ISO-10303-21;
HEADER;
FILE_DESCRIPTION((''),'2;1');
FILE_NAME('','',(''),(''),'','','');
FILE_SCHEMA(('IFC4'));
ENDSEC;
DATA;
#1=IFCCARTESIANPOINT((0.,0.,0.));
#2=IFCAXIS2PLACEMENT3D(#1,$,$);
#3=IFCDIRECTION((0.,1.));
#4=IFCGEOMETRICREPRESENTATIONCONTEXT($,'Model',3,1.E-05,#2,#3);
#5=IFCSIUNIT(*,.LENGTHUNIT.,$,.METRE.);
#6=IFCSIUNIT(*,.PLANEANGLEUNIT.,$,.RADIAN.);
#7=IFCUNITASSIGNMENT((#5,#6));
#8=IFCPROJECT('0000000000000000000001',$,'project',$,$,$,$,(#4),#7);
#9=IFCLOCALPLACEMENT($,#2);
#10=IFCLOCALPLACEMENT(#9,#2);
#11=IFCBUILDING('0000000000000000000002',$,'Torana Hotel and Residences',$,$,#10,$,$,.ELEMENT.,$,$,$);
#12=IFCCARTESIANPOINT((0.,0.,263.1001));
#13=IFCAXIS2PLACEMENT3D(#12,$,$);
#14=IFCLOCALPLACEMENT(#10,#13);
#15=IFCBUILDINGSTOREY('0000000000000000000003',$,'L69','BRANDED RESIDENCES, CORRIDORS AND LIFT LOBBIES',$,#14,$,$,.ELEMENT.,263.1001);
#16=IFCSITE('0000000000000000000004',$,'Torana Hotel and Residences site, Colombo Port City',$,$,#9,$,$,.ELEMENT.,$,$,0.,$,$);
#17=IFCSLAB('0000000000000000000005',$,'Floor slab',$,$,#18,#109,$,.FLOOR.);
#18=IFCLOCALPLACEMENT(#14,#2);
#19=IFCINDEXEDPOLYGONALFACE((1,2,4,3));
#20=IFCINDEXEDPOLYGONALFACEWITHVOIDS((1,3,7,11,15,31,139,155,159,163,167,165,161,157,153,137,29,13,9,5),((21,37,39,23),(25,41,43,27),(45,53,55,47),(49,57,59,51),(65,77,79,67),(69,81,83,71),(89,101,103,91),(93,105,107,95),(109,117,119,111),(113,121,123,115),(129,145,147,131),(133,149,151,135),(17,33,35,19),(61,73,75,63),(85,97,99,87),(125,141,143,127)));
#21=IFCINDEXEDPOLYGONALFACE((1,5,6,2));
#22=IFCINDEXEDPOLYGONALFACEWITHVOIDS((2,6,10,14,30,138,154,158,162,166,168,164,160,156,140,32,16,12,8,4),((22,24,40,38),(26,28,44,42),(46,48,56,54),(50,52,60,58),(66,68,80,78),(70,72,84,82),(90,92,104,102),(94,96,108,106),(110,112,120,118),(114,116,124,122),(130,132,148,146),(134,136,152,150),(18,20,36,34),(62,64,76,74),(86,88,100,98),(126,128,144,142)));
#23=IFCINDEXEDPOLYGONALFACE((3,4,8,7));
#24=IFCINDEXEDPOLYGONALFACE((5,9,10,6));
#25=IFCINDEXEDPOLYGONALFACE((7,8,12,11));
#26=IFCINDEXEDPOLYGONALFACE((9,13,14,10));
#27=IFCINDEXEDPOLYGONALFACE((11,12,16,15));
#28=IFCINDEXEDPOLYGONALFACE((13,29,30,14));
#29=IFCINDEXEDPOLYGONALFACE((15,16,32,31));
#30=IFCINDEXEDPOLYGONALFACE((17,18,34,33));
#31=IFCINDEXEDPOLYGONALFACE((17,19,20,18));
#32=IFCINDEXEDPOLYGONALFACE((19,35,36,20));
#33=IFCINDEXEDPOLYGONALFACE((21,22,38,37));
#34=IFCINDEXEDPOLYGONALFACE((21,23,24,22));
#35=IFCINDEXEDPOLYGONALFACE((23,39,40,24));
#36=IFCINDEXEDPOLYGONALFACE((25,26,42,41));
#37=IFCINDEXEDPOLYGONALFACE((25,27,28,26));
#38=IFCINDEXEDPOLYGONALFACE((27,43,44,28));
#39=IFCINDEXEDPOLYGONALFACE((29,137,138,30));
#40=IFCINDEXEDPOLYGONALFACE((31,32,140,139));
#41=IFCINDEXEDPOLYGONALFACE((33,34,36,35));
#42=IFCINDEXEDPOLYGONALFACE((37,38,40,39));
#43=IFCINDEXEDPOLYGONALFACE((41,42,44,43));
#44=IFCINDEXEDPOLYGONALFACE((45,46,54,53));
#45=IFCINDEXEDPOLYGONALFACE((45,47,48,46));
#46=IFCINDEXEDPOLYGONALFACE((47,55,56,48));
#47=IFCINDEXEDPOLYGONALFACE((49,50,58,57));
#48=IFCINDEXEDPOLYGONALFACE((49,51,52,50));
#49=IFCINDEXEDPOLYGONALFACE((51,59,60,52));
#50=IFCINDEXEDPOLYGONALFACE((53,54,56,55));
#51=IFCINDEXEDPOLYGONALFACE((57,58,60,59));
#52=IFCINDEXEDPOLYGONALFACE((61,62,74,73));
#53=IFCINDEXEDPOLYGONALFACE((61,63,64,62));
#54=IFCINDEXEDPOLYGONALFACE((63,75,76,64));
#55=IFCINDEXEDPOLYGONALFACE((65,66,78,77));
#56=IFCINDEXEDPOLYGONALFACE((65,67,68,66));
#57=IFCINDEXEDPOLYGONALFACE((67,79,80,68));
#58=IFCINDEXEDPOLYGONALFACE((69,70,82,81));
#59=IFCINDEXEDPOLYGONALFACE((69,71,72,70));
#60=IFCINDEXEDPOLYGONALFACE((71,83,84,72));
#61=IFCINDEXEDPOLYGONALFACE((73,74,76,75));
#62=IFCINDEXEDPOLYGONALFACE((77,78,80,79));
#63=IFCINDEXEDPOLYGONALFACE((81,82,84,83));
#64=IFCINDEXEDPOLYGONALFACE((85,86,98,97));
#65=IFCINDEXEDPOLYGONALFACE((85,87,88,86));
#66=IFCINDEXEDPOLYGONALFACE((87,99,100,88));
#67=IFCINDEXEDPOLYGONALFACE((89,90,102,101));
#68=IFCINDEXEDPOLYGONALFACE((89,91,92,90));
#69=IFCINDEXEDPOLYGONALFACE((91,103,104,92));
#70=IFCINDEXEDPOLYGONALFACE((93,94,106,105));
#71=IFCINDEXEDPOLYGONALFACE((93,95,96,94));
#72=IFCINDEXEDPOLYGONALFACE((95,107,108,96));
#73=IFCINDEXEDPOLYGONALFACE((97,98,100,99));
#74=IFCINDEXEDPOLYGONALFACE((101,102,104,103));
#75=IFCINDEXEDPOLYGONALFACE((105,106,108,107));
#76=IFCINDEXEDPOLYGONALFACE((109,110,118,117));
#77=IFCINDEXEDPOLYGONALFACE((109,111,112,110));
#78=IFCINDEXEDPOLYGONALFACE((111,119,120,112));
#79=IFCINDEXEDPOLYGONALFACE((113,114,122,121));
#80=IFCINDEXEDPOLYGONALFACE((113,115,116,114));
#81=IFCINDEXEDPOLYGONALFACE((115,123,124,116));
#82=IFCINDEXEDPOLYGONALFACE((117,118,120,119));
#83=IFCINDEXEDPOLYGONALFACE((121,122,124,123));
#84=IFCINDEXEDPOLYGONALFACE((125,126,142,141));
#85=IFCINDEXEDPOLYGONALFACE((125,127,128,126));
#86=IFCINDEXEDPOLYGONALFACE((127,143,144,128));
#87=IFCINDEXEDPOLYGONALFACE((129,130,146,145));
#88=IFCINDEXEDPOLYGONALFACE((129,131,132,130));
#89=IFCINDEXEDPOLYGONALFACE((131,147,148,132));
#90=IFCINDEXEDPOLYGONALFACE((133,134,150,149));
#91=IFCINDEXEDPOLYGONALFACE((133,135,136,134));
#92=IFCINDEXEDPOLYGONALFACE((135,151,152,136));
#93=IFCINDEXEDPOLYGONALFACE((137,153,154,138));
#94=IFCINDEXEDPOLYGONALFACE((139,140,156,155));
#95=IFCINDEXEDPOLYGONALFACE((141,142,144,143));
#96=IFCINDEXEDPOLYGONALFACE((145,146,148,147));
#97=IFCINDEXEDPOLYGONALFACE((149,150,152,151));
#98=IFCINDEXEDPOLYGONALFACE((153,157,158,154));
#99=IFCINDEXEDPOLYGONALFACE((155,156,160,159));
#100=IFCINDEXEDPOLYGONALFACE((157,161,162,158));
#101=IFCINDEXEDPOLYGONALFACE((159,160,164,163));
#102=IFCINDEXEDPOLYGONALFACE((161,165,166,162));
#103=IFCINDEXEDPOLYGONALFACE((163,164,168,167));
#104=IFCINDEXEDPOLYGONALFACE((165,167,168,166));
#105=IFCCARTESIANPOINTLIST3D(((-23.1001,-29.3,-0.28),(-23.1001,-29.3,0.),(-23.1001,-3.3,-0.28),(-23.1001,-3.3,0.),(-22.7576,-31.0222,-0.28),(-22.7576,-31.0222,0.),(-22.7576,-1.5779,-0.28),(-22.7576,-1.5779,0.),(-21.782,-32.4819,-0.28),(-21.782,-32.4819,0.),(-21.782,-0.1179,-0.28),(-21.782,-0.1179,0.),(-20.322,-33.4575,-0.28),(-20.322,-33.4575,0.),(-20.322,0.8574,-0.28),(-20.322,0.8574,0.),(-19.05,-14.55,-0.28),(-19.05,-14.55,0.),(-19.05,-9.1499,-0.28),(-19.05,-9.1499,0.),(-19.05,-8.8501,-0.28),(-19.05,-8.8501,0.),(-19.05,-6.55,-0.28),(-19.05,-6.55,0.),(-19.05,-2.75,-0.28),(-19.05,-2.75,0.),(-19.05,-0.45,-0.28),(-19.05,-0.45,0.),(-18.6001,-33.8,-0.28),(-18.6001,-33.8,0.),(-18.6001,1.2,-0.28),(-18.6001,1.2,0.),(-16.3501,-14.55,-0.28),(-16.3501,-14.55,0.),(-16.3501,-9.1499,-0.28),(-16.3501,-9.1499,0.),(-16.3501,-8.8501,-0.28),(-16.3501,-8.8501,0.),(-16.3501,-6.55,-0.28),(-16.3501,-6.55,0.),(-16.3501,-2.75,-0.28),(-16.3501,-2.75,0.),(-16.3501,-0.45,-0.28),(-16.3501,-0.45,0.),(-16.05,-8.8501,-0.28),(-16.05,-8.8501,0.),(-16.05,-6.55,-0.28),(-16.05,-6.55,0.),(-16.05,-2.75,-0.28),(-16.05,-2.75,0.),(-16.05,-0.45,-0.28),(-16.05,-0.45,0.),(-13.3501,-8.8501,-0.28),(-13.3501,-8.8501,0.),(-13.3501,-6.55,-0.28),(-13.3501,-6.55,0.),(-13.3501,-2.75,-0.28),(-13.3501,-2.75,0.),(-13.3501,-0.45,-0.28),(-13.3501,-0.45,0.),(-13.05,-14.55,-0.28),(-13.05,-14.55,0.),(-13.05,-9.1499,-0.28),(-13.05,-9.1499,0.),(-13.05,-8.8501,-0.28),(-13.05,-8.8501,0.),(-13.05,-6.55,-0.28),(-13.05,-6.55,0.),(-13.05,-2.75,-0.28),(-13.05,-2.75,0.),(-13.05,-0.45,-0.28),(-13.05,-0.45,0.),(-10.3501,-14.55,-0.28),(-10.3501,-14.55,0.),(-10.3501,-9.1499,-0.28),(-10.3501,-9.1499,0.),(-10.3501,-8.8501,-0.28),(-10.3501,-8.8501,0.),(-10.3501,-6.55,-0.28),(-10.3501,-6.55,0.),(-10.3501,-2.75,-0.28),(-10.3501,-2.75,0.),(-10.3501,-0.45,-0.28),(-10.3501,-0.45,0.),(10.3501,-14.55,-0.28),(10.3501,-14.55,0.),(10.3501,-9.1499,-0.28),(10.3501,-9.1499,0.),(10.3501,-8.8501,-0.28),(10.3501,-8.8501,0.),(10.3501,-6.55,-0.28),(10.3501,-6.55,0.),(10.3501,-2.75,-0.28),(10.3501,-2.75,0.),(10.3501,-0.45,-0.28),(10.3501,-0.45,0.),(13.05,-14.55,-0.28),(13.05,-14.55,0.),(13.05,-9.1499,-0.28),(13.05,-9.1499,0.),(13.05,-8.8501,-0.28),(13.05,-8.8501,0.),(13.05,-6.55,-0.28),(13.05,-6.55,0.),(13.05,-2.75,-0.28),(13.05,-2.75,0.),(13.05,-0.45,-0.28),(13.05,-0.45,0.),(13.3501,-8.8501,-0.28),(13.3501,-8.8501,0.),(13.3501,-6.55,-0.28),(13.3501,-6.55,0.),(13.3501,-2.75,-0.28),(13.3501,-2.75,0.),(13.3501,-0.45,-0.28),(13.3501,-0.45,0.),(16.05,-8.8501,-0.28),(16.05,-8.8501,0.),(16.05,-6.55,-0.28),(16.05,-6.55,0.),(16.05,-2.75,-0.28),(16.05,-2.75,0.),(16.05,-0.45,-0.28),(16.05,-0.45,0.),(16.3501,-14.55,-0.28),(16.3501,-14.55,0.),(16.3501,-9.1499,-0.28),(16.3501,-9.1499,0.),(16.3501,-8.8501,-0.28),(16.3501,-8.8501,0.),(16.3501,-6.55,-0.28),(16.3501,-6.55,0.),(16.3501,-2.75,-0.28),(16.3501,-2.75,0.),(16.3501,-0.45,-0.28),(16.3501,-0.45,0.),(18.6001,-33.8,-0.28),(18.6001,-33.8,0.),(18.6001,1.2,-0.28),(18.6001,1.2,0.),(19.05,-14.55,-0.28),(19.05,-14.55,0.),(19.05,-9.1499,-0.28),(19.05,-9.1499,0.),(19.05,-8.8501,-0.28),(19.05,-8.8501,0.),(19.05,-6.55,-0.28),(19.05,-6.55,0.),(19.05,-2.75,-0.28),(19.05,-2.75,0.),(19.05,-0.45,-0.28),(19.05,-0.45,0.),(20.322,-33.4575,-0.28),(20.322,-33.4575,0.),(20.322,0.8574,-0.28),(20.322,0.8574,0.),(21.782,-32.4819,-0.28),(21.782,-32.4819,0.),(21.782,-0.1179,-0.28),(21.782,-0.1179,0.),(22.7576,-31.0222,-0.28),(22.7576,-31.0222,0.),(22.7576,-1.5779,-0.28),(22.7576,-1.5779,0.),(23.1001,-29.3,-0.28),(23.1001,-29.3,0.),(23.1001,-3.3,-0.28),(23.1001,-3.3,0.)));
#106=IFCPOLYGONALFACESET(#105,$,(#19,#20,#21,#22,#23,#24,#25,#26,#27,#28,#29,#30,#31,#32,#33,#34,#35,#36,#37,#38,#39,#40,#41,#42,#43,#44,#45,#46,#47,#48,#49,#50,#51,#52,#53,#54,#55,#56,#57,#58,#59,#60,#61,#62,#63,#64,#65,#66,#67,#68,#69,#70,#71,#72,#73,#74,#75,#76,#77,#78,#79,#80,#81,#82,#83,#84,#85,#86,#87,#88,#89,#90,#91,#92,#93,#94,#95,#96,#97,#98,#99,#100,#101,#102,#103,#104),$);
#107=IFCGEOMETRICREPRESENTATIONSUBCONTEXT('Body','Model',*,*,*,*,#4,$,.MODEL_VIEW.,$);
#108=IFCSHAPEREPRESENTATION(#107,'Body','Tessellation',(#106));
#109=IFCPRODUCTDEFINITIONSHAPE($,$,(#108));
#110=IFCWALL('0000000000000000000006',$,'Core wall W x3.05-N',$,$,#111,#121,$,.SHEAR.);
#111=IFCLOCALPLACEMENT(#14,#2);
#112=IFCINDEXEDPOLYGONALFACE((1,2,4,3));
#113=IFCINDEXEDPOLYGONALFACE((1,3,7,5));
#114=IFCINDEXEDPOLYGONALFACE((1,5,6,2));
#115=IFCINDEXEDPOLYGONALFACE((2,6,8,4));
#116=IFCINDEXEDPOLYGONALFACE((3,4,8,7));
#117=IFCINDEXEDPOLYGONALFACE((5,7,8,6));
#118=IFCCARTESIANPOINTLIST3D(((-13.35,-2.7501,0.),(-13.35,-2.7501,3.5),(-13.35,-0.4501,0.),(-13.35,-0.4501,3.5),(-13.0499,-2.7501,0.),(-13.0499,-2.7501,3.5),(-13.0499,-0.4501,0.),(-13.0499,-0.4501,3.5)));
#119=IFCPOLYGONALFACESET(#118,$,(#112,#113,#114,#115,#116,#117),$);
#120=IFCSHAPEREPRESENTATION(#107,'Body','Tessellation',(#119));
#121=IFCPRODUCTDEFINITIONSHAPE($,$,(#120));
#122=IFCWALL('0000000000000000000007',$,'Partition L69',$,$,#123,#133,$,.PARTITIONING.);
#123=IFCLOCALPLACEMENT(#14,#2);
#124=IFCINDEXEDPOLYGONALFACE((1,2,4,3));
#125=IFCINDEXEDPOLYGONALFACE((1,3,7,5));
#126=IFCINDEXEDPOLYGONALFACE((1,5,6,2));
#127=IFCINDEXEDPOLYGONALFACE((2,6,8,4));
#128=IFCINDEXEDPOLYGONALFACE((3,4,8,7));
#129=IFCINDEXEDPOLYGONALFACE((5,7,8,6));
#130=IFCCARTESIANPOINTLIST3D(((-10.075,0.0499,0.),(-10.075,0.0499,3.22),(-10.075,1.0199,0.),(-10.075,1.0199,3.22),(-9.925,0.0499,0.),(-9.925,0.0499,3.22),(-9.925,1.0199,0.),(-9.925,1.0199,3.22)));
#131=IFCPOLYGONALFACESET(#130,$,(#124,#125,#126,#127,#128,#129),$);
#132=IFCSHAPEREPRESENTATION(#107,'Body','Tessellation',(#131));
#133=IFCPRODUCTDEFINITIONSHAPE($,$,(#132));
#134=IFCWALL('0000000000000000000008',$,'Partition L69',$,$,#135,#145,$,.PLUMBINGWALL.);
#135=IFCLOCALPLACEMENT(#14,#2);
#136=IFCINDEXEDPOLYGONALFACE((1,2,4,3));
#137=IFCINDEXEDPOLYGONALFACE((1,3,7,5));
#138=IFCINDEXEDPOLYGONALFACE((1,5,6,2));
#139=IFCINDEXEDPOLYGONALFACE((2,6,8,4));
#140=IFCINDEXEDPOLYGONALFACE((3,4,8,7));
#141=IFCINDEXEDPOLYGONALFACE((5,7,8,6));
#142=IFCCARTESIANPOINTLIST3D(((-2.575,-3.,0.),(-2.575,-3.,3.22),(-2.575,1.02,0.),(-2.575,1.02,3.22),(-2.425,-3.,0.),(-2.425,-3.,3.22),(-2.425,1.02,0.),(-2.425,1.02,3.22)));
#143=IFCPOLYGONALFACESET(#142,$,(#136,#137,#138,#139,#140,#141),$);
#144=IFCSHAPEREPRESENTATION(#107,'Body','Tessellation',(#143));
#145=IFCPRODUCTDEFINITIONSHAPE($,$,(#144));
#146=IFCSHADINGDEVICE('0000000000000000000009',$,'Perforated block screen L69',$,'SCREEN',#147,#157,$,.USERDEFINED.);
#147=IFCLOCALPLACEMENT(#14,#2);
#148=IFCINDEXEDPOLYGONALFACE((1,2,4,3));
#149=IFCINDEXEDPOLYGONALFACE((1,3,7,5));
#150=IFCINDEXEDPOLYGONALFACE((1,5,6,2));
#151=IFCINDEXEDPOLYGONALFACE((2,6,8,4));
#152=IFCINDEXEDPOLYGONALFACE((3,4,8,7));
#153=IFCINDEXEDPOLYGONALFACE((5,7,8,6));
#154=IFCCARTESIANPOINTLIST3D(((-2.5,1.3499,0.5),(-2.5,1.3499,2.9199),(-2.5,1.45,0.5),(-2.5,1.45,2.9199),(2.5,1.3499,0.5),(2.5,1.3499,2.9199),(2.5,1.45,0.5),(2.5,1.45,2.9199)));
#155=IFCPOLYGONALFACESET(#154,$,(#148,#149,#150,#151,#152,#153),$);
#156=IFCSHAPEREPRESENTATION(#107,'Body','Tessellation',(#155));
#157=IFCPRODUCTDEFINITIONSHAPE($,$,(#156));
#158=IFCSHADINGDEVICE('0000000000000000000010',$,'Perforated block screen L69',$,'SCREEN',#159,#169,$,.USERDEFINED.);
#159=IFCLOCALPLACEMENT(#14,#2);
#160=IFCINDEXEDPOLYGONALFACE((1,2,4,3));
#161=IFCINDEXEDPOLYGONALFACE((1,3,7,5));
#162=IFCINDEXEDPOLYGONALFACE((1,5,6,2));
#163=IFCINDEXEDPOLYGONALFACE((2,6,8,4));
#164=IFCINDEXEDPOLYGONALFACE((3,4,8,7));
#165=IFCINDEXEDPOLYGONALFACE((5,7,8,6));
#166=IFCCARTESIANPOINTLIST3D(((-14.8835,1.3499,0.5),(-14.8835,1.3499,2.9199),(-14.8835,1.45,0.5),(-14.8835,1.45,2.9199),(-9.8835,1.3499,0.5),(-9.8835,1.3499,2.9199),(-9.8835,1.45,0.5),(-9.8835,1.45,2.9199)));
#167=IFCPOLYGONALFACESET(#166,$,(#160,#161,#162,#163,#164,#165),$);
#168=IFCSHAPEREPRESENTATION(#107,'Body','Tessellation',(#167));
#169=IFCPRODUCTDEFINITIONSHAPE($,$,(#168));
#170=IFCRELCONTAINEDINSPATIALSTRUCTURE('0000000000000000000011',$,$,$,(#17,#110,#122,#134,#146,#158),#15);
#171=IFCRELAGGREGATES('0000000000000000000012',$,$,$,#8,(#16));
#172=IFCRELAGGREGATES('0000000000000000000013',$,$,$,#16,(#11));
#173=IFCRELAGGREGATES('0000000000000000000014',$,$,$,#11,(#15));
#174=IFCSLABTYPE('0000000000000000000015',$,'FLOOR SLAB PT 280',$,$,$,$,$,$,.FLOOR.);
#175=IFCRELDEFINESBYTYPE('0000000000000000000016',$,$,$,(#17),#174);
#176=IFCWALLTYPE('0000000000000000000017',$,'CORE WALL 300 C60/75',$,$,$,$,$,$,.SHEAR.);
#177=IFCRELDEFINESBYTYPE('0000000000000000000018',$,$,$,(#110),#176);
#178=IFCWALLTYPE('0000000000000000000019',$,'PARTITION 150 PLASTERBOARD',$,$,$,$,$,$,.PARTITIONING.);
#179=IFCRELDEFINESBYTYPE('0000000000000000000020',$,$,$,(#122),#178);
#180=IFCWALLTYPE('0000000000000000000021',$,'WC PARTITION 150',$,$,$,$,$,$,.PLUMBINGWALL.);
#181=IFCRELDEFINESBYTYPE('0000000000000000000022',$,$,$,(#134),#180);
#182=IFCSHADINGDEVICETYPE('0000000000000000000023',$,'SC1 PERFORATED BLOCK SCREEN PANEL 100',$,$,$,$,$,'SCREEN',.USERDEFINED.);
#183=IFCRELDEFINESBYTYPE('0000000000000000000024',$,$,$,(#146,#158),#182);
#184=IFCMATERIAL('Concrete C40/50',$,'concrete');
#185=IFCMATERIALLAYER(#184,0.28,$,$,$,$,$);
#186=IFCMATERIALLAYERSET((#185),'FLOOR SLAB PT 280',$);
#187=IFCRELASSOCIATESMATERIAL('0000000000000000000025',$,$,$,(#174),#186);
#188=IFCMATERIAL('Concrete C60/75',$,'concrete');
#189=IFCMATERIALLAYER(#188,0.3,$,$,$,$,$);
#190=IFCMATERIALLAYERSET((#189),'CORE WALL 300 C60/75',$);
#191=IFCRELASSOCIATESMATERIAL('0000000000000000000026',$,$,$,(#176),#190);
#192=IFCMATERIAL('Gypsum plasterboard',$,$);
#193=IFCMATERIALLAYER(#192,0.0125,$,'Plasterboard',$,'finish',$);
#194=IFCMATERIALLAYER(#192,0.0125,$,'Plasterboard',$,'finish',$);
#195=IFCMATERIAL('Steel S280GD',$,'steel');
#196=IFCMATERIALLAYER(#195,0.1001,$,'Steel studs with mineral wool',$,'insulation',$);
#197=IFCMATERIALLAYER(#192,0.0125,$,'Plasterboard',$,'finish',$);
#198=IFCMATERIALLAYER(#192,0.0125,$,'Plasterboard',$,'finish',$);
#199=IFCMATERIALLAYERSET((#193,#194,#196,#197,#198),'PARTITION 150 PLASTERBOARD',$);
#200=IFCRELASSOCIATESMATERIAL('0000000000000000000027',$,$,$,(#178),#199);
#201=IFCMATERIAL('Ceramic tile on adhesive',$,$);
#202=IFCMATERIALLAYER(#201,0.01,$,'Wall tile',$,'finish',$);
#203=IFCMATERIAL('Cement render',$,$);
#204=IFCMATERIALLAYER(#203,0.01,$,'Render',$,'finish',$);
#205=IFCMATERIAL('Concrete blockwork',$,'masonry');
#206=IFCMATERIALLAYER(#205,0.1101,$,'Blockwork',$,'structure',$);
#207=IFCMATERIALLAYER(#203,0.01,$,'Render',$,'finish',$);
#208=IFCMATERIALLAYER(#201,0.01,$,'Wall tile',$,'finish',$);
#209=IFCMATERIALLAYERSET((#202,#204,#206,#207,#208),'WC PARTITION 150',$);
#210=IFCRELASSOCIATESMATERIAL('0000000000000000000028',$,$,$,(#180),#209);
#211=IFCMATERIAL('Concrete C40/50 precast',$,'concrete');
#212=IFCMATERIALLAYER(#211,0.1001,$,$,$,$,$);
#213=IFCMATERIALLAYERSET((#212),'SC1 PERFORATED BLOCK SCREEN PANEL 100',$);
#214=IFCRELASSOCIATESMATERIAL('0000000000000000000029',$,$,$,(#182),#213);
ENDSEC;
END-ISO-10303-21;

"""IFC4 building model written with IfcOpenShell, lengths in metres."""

from ifc_helpers import new_model, si_unit, direction, frame, frame_2d, origin, origin_2d, place, context, subcontext, project, spatial, polyline, rectangle, outline, extrude, material, layer, layer_set, type_object, element, save


model = new_model("IFC4")

# Units and contexts
model_context = context("Model", 3, precision=1e-05, world=origin(), true_north=direction((0.0, 1.0)))
body_context = subcontext(model_context, "Body", "Model", "MODEL_VIEW")
ifc_project = project(units=[si_unit("LENGTHUNIT", "METRE"), si_unit("PLANEANGLEUNIT", "RADIAN")], contexts=[model_context])

# Site, building, storey
site_placement = place(None, origin())
site = spatial("IfcSite", under=ifc_project, at=site_placement, Name="Torana Hotel and Residences site, Colombo Port City", CompositionType="ELEMENT", RefElevation=0.0)
building_placement = place(site_placement, origin())
building = spatial("IfcBuilding", under=site, at=building_placement, Name="Torana Hotel and Residences", CompositionType="ELEMENT")
storey_placement = place(building_placement, frame((0.0, 0.0, 263.1001)))
storey = spatial("IfcBuildingStorey", under=building, at=storey_placement, Name="L69", Description="BRANDED RESIDENCES, CORRIDORS AND LIFT LOBBIES", CompositionType="ELEMENT", Elevation=263.1001)

# Slab
ifc_material_1 = material(Name="Concrete C40/50", Category="concrete")
ifc_layer_1 = layer(ifc_material_1, 0.28)
ifc_layer_set_1 = layer_set([ifc_layer_1], Name="FLOOR SLAB PT 280")
slab_type_1 = type_object("IfcSlabType", Name="FLOOR SLAB PT 280", PredefinedType="FLOOR", material=ifc_layer_set_1)
slab_1_placement = place(storey_placement, frame((0.0, 0.0, -0.28)))
element("IfcSlab", 1, at=slab_1_placement, inside=storey, type_object=slab_type_1, Name="Floor slab", PredefinedType="FLOOR", context=body_context, shape_type="SweptSolid", body=[
    extrude(outline(polyline([(23.1001, -3.3), (22.7576, -1.5779), (21.782, -0.1179), (20.322, 0.8574), (18.6001, 1.2), (-18.6001, 1.2), (-20.322, 0.8574), (-21.782, -0.1179), (-22.7576, -1.5779), (-23.1001, -3.3), (-23.1001, -29.3), (-22.7576, -31.0222), (-21.782, -32.4819), (-20.322, -33.4575), (-18.6001, -33.8), (18.6001, -33.8), (20.322, -33.4575), (21.782, -32.4819), (22.7576, -31.0222), (23.1001, -29.3), (23.1001, -3.3)]), holes=[polyline([(-13.05, -14.55), (-10.3501, -14.55), (-10.3501, -9.1499), (-13.05, -9.1499), (-13.05, -14.55)]), polyline([(-19.05, -14.55), (-16.3501, -14.55), (-16.3501, -9.1499), (-19.05, -9.1499), (-19.05, -14.55)]), polyline([(-19.05, -2.75), (-16.3501, -2.75), (-16.3501, -0.45), (-19.05, -0.45), (-19.05, -2.75)]), polyline([(-13.05, -2.75), (-10.3501, -2.75), (-10.3501, -0.45), (-13.05, -0.45), (-13.05, -2.75)]), polyline([(-16.05, -2.75), (-13.3501, -2.75), (-13.3501, -0.45), (-16.05, -0.45), (-16.05, -2.75)]), polyline([(-13.05, -8.8501), (-10.3501, -8.8501), (-10.3501, -6.55), (-13.05, -6.55), (-13.05, -8.8501)]), polyline([(-16.05, -8.8501), (-13.3501, -8.8501), (-13.3501, -6.55), (-16.05, -6.55), (-16.05, -8.8501)]), polyline([(-19.05, -8.8501), (-16.3501, -8.8501), (-16.3501, -6.55), (-19.05, -6.55), (-19.05, -8.8501)]), polyline([(10.3501, -14.55), (13.05, -14.55), (13.05, -9.1499), (10.3501, -9.1499), (10.3501, -14.55)]), polyline([(16.3501, -14.55), (19.05, -14.55), (19.05, -9.1499), (16.3501, -9.1499), (16.3501, -14.55)]), polyline([(16.3501, -2.75), (19.05, -2.75), (19.05, -0.45), (16.3501, -0.45), (16.3501, -2.75)]), polyline([(10.3501, -2.75), (13.05, -2.75), (13.05, -0.45), (10.3501, -0.45), (10.3501, -2.75)]), polyline([(13.3501, -2.75), (16.05, -2.75), (16.05, -0.45), (13.3501, -0.45), (13.3501, -2.75)]), polyline([(10.3501, -8.8501), (13.05, -8.8501), (13.05, -6.55), (10.3501, -6.55), (10.3501, -8.8501)]), polyline([(13.3501, -8.8501), (16.05, -8.8501), (16.05, -6.55), (13.3501, -6.55), (13.3501, -8.8501)]), polyline([(16.3501, -8.8501), (19.05, -8.8501), (19.05, -6.55), (16.3501, -6.55), (16.3501, -8.8501)])]), origin(), (0.0, 0.0, 1.0), 0.28),
])

# Walls
ifc_material_2 = material(Name="Concrete C60/75", Category="concrete")
ifc_layer_2 = layer(ifc_material_2, 0.3)
ifc_layer_set_2 = layer_set([ifc_layer_2], Name="CORE WALL 300 C60/75")
wall_type_1 = type_object("IfcWallType", Name="CORE WALL 300 C60/75", PredefinedType="SHEAR", material=ifc_layer_set_2)
wall_1_placement = place(storey_placement, frame((-13.2, -2.75, 0.0), z_axis=(0.0, 0.0, 1.0), x_axis=(0.0, 1.0, 0.0)))
element("IfcWall", 2, at=wall_1_placement, inside=storey, type_object=wall_type_1, Name="Core wall W x3.05-N", PredefinedType="SHEAR", context=body_context, shape_type="SweptSolid", body=[
    extrude(rectangle(XDim=2.3, YDim=0.3, at=frame_2d((1.1499, 0.0))), origin(), (0.0, 0.0, 1.0), 3.5),
])
ifc_material_3 = material(Name="Gypsum plasterboard")
ifc_layer_3 = layer(ifc_material_3, 0.0125, Name="Plasterboard", Category="finish")
ifc_layer_4 = layer(ifc_material_3, 0.0125, Name="Plasterboard", Category="finish")
ifc_material_4 = material(Name="Steel S280GD", Category="steel")
ifc_layer_5 = layer(ifc_material_4, 0.1001, Name="Steel studs with mineral wool", Category="insulation")
ifc_layer_6 = layer(ifc_material_3, 0.0125, Name="Plasterboard", Category="finish")
ifc_layer_7 = layer(ifc_material_3, 0.0125, Name="Plasterboard", Category="finish")
ifc_layer_set_3 = layer_set([ifc_layer_3, ifc_layer_4, ifc_layer_5, ifc_layer_6, ifc_layer_7], Name="PARTITION 150 PLASTERBOARD")
wall_type_2 = type_object("IfcWallType", Name="PARTITION 150 PLASTERBOARD", PredefinedType="PARTITIONING", material=ifc_layer_set_3)
wall_2_placement = place(storey_placement, frame((-10.0, 0.05, 0.0), z_axis=(0.0, 0.0, 1.0), x_axis=(0.0, 1.0, 0.0)))
element("IfcWall", 3, at=wall_2_placement, inside=storey, type_object=wall_type_2, Name="Partition L69", PredefinedType="PARTITIONING", context=body_context, shape_type="SweptSolid", body=[
    extrude(rectangle(XDim=0.97, YDim=0.1499, at=frame_2d((0.4849, 0.0))), origin(), (0.0, 0.0, 1.0), 3.22),
])
ifc_material_5 = material(Name="Ceramic tile on adhesive")
ifc_layer_8 = layer(ifc_material_5, 0.01, Name="Wall tile", Category="finish")
ifc_material_6 = material(Name="Cement render")
ifc_layer_9 = layer(ifc_material_6, 0.01, Name="Render", Category="finish")
ifc_material_7 = material(Name="Concrete blockwork", Category="masonry")
ifc_layer_10 = layer(ifc_material_7, 0.1101, Name="Blockwork", Category="structure")
ifc_layer_11 = layer(ifc_material_6, 0.01, Name="Render", Category="finish")
ifc_layer_12 = layer(ifc_material_5, 0.01, Name="Wall tile", Category="finish")
ifc_layer_set_4 = layer_set([ifc_layer_8, ifc_layer_9, ifc_layer_10, ifc_layer_11, ifc_layer_12], Name="WC PARTITION 150")
wall_type_3 = type_object("IfcWallType", Name="WC PARTITION 150", PredefinedType="PLUMBINGWALL", material=ifc_layer_set_4)
wall_3_placement = place(storey_placement, frame((-2.5, -3.0, 0.0), z_axis=(0.0, 0.0, 1.0), x_axis=(0.0, 1.0, 0.0)))
element("IfcWall", 4, at=wall_3_placement, inside=storey, type_object=wall_type_3, Name="Partition L69", PredefinedType="PLUMBINGWALL", context=body_context, shape_type="SweptSolid", body=[
    extrude(rectangle(XDim=4.02, YDim=0.1499, at=frame_2d((2.01, 0.0))), origin(), (0.0, 0.0, 1.0), 3.22),
])

# Shading devices
ifc_material_8 = material(Name="Concrete C40/50 precast", Category="concrete")
ifc_layer_13 = layer(ifc_material_8, 0.1001)
ifc_layer_set_5 = layer_set([ifc_layer_13], Name="SC1 PERFORATED BLOCK SCREEN PANEL 100")
shading_device_type = type_object("IfcShadingDeviceType", Name="SC1 PERFORATED BLOCK SCREEN PANEL 100", ElementType="SCREEN", PredefinedType="USERDEFINED", material=ifc_layer_set_5)
for number, where, z_axis, x_axis, name in (
    (5, (0.0, 1.3999, 0.5), (0.0, 0.0, 1.0), (-1.0, 0.0, 0.0), "Perforated block screen L69"),
    (6, (-12.3835, 1.3999, 0.5), (0.0, 0.0, 1.0), (-1.0, 0.0, 0.0), "Perforated block screen L69"),
):
    element("IfcShadingDevice", number, at=place(storey_placement, frame(where, z_axis=z_axis, x_axis=x_axis)), inside=storey, type_object=shading_device_type, Name=name, ObjectType="SCREEN", PredefinedType="USERDEFINED", context=body_context, shape_type="SweptSolid", body=[
        extrude(rectangle(XDim=5.0, YDim=0.1001, at=origin_2d()), origin(), (0.0, 0.0, 1.0), 2.4199),
    ])

save(model, "model.ifc")
